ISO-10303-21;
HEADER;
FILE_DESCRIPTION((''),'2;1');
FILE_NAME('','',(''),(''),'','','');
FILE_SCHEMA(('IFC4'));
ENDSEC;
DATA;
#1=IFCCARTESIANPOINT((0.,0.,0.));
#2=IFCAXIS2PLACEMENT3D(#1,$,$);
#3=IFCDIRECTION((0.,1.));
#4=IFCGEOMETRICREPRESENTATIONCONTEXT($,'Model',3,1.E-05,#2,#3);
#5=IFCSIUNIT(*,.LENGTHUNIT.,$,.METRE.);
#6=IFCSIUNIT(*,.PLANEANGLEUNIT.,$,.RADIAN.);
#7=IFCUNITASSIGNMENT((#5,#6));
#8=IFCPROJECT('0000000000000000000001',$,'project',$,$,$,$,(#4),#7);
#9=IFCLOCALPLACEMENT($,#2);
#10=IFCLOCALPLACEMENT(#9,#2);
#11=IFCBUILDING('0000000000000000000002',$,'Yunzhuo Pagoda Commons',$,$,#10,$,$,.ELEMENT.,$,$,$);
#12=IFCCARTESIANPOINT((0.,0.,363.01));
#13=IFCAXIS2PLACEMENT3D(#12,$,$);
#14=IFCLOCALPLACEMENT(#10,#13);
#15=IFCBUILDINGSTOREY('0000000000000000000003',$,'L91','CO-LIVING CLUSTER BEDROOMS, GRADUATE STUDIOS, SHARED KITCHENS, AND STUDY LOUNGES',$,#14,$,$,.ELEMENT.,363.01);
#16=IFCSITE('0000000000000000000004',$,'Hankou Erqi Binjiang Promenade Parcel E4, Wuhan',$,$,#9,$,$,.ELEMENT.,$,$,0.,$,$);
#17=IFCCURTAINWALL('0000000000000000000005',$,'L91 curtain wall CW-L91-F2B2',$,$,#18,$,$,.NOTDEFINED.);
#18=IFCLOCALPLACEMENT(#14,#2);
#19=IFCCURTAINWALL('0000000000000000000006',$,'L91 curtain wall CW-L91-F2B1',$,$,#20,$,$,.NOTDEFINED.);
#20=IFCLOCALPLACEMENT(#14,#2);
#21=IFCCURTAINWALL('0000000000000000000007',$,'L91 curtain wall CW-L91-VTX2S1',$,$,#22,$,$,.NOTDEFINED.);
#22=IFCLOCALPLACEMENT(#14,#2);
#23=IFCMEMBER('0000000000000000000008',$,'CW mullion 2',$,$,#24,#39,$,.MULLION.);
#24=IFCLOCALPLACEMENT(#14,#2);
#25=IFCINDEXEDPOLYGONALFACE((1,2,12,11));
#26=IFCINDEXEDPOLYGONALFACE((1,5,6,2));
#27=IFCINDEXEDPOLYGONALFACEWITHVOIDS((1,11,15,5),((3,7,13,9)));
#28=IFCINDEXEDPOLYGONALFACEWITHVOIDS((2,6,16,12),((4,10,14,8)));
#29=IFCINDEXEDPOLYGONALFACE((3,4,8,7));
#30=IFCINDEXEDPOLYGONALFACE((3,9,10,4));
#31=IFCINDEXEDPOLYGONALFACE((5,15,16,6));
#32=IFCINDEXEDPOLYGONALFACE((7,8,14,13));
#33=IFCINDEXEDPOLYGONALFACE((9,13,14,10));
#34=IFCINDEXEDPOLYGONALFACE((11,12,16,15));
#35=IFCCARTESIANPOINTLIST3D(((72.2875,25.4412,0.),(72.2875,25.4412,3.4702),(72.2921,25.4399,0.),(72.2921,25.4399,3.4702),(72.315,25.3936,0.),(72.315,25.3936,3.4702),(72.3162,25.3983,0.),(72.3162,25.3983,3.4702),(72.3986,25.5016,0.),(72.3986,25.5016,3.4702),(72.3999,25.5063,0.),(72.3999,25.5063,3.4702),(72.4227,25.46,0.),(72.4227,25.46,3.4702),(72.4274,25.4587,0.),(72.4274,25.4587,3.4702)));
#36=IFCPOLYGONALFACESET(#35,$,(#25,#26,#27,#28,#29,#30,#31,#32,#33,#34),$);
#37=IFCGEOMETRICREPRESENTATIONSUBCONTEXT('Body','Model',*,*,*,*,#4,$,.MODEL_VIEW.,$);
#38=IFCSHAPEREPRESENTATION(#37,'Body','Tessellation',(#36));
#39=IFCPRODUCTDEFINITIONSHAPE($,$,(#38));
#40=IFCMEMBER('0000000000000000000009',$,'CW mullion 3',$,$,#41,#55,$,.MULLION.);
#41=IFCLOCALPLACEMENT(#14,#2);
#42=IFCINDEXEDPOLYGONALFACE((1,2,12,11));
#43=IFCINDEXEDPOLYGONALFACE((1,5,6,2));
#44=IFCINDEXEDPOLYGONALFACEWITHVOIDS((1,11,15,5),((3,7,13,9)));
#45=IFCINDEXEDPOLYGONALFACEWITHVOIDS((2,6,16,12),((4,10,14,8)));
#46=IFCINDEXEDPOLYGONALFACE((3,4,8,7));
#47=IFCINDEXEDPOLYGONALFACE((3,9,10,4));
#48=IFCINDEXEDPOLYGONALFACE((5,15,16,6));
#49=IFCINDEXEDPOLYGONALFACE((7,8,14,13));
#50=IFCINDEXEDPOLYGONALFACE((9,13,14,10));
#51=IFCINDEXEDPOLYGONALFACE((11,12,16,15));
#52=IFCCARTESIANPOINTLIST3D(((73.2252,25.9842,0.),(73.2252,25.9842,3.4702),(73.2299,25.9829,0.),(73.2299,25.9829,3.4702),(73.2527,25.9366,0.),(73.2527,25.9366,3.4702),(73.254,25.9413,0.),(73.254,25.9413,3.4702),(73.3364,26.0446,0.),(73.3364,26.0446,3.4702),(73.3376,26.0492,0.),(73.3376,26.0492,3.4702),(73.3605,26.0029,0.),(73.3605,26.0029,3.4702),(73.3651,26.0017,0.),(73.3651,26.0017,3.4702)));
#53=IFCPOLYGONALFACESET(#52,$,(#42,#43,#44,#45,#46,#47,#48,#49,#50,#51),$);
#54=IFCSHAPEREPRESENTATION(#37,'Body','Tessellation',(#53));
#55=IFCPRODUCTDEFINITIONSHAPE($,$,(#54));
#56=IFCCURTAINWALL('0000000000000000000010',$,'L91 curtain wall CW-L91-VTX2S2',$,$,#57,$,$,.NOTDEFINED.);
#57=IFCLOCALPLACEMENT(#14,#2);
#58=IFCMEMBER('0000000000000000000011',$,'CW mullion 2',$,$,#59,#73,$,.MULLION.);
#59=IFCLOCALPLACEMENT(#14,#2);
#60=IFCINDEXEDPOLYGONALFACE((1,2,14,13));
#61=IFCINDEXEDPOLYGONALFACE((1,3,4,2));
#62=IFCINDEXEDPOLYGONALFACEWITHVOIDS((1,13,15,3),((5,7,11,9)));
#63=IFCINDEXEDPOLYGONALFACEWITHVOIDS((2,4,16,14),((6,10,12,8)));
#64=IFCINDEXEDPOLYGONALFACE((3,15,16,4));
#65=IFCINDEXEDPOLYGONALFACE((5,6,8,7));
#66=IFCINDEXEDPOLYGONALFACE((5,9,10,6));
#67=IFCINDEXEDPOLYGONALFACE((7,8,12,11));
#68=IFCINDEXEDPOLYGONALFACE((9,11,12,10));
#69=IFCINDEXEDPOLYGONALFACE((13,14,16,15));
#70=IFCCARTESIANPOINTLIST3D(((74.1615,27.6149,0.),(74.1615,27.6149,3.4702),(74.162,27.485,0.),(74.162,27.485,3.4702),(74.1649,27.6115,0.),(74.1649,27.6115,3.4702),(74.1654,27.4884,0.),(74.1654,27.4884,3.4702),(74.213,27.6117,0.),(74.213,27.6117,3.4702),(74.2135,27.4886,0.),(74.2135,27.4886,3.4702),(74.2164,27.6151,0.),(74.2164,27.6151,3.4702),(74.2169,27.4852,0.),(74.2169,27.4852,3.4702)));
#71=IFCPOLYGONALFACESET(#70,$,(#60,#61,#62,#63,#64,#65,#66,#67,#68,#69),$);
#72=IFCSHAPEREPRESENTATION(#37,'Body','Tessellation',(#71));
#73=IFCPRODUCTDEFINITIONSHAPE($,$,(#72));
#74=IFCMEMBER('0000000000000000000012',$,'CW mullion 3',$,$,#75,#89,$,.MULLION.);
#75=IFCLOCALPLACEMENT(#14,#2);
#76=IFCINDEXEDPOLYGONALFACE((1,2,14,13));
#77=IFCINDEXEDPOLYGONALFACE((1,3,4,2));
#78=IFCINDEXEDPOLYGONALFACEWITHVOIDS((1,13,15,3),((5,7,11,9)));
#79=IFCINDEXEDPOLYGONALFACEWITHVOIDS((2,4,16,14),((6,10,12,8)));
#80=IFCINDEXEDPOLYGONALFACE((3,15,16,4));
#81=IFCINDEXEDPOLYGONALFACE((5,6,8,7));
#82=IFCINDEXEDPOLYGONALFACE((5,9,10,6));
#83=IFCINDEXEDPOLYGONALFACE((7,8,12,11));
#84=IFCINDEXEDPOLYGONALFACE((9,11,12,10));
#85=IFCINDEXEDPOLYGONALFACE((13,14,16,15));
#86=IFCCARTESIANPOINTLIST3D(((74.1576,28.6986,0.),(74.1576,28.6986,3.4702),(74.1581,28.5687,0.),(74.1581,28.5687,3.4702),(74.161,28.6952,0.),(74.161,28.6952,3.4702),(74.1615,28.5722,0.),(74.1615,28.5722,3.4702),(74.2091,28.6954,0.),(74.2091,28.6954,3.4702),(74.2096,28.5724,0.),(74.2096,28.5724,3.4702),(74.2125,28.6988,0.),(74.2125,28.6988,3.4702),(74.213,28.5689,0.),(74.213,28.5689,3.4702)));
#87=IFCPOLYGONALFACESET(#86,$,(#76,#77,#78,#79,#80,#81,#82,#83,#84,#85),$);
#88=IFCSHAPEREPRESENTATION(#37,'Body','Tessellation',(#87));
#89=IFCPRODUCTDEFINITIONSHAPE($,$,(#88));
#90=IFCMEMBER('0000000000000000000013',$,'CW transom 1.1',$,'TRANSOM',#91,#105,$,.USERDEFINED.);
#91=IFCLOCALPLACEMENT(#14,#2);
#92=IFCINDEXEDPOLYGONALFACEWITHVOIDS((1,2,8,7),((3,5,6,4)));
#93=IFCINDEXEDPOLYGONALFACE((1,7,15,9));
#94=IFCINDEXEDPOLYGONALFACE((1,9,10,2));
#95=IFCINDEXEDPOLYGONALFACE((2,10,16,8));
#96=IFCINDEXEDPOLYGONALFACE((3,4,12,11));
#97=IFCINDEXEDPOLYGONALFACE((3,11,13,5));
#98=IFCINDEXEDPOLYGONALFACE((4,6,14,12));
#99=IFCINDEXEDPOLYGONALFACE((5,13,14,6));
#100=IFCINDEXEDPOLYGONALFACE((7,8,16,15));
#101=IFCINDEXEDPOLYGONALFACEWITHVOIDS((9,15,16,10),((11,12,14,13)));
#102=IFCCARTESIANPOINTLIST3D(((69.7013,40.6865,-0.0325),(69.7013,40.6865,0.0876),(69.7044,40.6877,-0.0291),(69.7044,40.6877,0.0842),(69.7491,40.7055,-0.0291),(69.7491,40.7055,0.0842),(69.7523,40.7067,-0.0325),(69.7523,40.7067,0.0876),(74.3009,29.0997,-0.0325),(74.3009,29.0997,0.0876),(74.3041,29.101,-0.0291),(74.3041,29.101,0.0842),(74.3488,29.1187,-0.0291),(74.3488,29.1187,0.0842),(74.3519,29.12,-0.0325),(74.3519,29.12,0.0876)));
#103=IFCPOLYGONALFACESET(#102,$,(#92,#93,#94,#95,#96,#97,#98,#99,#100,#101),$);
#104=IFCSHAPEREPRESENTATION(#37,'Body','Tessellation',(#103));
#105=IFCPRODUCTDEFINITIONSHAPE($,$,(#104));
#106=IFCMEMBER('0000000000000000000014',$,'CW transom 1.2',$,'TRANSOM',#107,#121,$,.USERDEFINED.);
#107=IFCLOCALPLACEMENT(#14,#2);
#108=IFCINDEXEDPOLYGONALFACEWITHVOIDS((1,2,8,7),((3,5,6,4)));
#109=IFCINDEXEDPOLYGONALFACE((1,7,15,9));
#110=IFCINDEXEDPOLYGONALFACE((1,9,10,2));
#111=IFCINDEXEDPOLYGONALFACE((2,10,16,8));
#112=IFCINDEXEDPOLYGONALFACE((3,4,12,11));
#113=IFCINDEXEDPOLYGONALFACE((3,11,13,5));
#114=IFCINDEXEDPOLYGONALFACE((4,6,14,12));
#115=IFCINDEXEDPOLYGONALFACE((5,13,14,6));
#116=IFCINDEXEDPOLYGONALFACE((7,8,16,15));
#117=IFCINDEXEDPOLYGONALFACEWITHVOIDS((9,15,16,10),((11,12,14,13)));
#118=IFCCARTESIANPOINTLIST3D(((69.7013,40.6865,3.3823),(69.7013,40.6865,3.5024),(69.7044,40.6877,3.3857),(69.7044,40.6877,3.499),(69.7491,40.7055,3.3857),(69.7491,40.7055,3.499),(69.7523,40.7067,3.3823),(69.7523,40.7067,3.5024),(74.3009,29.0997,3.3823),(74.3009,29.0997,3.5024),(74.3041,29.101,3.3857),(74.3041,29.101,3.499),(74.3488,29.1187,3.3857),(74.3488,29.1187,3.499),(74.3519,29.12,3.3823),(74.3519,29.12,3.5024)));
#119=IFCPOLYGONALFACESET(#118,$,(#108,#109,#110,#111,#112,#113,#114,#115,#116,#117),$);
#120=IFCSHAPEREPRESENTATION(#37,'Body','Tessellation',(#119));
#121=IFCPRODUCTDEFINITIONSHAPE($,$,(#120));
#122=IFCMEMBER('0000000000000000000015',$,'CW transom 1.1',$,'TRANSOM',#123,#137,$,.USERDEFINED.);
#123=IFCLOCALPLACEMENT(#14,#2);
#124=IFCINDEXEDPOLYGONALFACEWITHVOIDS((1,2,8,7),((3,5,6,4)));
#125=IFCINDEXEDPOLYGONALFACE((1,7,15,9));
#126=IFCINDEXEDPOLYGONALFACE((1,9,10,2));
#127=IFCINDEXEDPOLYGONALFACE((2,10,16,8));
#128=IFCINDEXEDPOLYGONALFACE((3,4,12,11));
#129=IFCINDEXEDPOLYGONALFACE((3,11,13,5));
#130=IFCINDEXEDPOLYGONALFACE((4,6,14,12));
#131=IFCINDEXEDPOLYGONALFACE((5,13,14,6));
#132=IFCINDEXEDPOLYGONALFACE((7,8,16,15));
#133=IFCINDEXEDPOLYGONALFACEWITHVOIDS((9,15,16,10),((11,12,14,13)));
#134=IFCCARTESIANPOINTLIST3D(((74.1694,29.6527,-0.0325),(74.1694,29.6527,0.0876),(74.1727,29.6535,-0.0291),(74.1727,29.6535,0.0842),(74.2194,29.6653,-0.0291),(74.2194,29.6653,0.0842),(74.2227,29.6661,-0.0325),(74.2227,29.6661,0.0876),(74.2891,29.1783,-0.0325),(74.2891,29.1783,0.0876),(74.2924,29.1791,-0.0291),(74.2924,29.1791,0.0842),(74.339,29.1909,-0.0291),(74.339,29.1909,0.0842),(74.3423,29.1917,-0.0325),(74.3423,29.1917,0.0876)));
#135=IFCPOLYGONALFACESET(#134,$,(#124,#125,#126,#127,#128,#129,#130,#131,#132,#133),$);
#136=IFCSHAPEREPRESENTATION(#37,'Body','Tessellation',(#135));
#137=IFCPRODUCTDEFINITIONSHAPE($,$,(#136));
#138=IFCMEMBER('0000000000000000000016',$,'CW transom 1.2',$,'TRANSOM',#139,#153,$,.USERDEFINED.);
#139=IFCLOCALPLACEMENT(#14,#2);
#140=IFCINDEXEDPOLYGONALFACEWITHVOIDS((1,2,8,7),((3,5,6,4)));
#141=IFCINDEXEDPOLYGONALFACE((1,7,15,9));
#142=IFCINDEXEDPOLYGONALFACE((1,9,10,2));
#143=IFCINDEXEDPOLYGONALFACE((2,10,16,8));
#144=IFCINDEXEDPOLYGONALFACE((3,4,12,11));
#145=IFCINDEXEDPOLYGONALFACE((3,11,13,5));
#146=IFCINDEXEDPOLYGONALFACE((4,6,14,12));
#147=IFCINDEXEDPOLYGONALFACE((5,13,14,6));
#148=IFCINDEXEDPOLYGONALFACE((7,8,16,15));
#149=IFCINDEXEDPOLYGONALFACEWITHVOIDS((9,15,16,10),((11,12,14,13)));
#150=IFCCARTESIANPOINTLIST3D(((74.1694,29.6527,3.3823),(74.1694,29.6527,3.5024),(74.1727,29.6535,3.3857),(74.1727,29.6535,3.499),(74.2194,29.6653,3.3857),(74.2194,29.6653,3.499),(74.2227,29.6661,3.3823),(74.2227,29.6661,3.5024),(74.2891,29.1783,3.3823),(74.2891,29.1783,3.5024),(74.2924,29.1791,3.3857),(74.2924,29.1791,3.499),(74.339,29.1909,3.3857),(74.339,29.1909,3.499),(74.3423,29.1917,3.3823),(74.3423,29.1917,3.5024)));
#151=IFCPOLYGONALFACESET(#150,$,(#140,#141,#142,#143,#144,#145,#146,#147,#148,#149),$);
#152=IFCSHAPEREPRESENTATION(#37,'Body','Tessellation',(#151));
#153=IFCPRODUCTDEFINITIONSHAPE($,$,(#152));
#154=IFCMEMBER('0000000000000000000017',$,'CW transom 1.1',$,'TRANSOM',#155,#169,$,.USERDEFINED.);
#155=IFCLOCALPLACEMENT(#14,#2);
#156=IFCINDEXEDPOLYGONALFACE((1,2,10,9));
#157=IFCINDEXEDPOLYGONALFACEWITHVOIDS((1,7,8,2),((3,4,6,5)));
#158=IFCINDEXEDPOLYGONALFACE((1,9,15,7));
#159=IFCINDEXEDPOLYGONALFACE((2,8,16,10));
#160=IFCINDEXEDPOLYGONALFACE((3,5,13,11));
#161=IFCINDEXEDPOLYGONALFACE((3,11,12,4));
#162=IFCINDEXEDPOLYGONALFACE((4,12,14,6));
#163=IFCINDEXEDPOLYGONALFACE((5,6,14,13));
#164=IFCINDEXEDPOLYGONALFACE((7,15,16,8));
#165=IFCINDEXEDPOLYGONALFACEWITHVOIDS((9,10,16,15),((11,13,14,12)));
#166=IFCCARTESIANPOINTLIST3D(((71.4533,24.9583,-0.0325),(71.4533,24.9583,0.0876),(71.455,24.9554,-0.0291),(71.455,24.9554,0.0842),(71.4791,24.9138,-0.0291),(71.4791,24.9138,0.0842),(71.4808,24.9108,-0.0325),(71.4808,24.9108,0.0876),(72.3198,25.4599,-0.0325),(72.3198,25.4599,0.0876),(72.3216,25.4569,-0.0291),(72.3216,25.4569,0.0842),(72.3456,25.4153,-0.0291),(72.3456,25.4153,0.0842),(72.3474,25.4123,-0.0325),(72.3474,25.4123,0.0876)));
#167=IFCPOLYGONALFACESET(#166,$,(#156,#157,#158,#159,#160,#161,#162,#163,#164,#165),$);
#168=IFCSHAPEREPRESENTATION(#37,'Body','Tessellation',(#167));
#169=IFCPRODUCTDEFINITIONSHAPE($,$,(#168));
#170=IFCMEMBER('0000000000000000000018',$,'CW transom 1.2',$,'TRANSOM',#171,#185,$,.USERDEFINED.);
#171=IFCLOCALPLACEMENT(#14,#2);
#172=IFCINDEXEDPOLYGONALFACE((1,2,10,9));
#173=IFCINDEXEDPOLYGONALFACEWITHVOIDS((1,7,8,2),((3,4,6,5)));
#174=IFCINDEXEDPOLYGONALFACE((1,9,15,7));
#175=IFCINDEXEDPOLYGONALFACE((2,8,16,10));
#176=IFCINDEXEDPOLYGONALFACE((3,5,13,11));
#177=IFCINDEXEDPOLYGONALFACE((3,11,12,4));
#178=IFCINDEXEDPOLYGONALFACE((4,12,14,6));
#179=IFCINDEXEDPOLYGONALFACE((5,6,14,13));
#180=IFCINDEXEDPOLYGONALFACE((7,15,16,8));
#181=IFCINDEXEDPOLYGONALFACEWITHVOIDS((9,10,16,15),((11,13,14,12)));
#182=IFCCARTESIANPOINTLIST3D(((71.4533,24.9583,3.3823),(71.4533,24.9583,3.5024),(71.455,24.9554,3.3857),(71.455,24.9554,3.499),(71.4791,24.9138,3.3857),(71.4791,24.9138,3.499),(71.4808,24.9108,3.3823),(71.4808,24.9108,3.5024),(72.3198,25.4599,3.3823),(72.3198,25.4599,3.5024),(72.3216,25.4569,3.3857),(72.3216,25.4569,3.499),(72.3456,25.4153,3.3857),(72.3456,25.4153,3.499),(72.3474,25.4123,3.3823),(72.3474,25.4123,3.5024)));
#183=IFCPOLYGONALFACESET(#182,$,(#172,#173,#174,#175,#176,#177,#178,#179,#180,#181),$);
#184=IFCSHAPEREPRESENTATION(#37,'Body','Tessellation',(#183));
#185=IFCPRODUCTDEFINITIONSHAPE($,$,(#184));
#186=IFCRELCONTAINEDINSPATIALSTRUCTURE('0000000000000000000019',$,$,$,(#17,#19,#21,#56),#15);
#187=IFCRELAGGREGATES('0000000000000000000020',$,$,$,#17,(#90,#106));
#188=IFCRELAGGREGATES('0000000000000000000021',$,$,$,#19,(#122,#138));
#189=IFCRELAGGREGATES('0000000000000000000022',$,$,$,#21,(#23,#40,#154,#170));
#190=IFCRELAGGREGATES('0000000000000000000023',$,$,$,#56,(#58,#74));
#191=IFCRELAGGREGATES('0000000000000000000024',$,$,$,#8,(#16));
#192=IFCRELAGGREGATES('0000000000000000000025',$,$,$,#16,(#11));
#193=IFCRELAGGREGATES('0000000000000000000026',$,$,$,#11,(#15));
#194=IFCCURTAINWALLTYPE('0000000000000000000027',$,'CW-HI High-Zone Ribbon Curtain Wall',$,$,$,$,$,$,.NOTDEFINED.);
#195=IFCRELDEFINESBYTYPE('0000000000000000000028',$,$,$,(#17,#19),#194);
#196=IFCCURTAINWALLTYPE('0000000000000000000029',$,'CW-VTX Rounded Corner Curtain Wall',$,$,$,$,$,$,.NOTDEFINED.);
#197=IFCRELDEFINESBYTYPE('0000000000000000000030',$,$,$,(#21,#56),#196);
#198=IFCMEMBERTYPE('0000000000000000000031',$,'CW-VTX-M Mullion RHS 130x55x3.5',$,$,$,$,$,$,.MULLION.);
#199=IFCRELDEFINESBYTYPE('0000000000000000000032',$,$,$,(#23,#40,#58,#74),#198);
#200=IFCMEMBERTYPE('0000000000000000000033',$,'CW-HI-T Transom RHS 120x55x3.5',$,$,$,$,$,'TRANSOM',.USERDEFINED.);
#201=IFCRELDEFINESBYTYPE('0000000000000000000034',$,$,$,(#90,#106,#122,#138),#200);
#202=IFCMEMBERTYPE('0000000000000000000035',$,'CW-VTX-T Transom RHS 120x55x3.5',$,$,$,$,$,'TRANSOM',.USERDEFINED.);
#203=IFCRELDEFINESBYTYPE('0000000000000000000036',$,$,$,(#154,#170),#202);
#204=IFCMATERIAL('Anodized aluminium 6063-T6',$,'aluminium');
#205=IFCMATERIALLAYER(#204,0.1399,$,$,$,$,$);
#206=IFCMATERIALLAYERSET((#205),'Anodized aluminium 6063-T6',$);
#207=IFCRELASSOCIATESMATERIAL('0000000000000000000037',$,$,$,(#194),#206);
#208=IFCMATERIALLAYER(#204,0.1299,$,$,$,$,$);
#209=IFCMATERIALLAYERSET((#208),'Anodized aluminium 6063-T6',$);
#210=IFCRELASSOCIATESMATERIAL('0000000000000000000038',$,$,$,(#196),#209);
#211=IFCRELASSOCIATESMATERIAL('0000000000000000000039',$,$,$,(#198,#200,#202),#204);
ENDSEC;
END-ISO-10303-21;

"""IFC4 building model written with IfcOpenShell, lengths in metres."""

from ifc_helpers import new_model, si_unit, direction, frame, origin, origin_2d, place, context, subcontext, project, spatial, hollow_rectangle, extrude, source, transform, mapped, material, layer, layer_set, material_profile, profile_set, type_object, element, aggregate, save


model = new_model("IFC4")

# Units and contexts
model_context = context("Model", 3, precision=1e-05, world=origin(), true_north=direction((0.0, 1.0)))
body_context = subcontext(model_context, "Body", "Model", "MODEL_VIEW")
ifc_project = project(units=[si_unit("LENGTHUNIT", "METRE"), si_unit("PLANEANGLEUNIT", "RADIAN")], contexts=[model_context])

# Site, building, storey
site_placement = place(None, origin())
site = spatial("IfcSite", under=ifc_project, at=site_placement, Name="Hankou Erqi Binjiang Promenade Parcel E4, Wuhan", CompositionType="ELEMENT", RefElevation=0.0)
building_placement = place(site_placement, origin())
building = spatial("IfcBuilding", under=site, at=building_placement, Name="Yunzhuo Pagoda Commons", CompositionType="ELEMENT")
storey_placement = place(building_placement, frame((0.0, 0.0, 363.01)))
storey = spatial("IfcBuildingStorey", under=building, at=storey_placement, Name="L91", Description="CO-LIVING CLUSTER BEDROOMS, GRADUATE STUDIOS, SHARED KITCHENS, AND STUDY LOUNGES", CompositionType="ELEMENT", Elevation=363.01)

# Curtain wall
ifc_material_1 = material(Name="Anodized aluminium 6063-T6", Category="aluminium")
ifc_layer_1 = layer(ifc_material_1, 0.1399)
ifc_layer_set_1 = layer_set([ifc_layer_1], Name="Anodized aluminium 6063-T6")
curtain_wall_type_1 = type_object("IfcCurtainWallType", Name="CW-HI High-Zone Ribbon Curtain Wall", PredefinedType="NOTDEFINED", material=ifc_layer_set_1)
curtain_wall_1_placement = place(storey_placement, origin())
curtain_wall_1 = element("IfcCurtainWall", 1, at=curtain_wall_1_placement, inside=storey, type_object=curtain_wall_type_1, Name="L91 curtain wall CW-L91-F2B2", PredefinedType="NOTDEFINED")

# Curtain walls, members
curtain_wall_2_placement = place(storey_placement, origin())
curtain_wall_2 = element("IfcCurtainWall", 2, at=curtain_wall_2_placement, inside=storey, type_object=curtain_wall_type_1, Name="L91 curtain wall CW-L91-F2B1", PredefinedType="NOTDEFINED")
ifc_layer_2 = layer(ifc_material_1, 0.1299)
ifc_layer_set_2 = layer_set([ifc_layer_2], Name="Anodized aluminium 6063-T6")
curtain_wall_type_2 = type_object("IfcCurtainWallType", Name="CW-VTX Rounded Corner Curtain Wall", PredefinedType="NOTDEFINED", material=ifc_layer_set_2)
curtain_wall_3_placement = place(storey_placement, origin())
curtain_wall_3 = element("IfcCurtainWall", 3, at=curtain_wall_3_placement, inside=storey, type_object=curtain_wall_type_2, Name="L91 curtain wall CW-L91-VTX2S1", PredefinedType="NOTDEFINED")
ifc_material_profile_1 = material_profile(ifc_material_1, hollow_rectangle(XDim=0.0549, YDim=0.1299, WallThickness=0.0034, at=origin_2d()), Name="Anodized aluminium 6063-T6")
ifc_profile_set_1 = profile_set([ifc_material_profile_1], Name="Anodized aluminium 6063-T6")
member_type_1 = type_object("IfcMemberType", Name="CW-VTX-M Mullion RHS 130x55x3.5", PredefinedType="MULLION", material=ifc_profile_set_1)
shared_shape_1 = source(origin(), body_context, "Body", "SweptSolid", [
    extrude(hollow_rectangle(XDim=0.0549, YDim=0.1299, WallThickness=0.0034, at=origin_2d()), origin(), (0.0, 0.0, 1.0), 3.4702),
])
member_1_placement = place(storey_placement, frame((72.3574, 25.45, 0.0), z_axis=(0.0, 0.0, 1.0), x_axis=(-0.501017, 0.865438, 0.0)))
member_1 = element("IfcMember", 4, at=member_1_placement, type_object=member_type_1, Name="CW mullion 2", PredefinedType="MULLION", context=body_context, shape_type="MappedRepresentation", body=[
    mapped(shared_shape_1, transform((0.0, 0.0, 0.0), scale=1.0)),
])
member_2_placement = place(storey_placement, frame((73.2952, 25.9929, 0.0), z_axis=(0.0, 0.0, 1.0), x_axis=(-0.501017, 0.865438, 0.0)))
member_2 = element("IfcMember", 5, at=member_2_placement, type_object=member_type_1, Name="CW mullion 3", PredefinedType="MULLION", context=body_context, shape_type="MappedRepresentation", body=[
    mapped(shared_shape_1, transform((0.0, 0.0, 0.0), scale=1.0)),
])
curtain_wall_4_placement = place(storey_placement, origin())
curtain_wall_4 = element("IfcCurtainWall", 6, at=curtain_wall_4_placement, inside=storey, type_object=curtain_wall_type_2, Name="L91 curtain wall CW-L91-VTX2S2", PredefinedType="NOTDEFINED")
member_3_placement = place(storey_placement, frame((74.1892, 27.55, 0.0), z_axis=(0.0, 0.0, 1.0), x_axis=(-0.999994, -0.003599, 0.0)))
member_3 = element("IfcMember", 7, at=member_3_placement, type_object=member_type_1, Name="CW mullion 2", PredefinedType="MULLION", context=body_context, shape_type="MappedRepresentation", body=[
    mapped(shared_shape_1, transform((0.0, 0.0, 0.0), scale=1.0)),
])
member_4_placement = place(storey_placement, frame((74.1853, 28.6338, 0.0), z_axis=(0.0, 0.0, 1.0), x_axis=(-0.999994, -0.003599, 0.0)))
member_4 = element("IfcMember", 8, at=member_4_placement, type_object=member_type_1, Name="CW mullion 3", PredefinedType="MULLION", context=body_context, shape_type="MappedRepresentation", body=[
    mapped(shared_shape_1, transform((0.0, 0.0, 0.0), scale=1.0)),
])

# Members
ifc_material_profile_2 = material_profile(ifc_material_1, hollow_rectangle(XDim=0.0549, YDim=0.1201, WallThickness=0.0034, at=origin_2d()), Name="Anodized aluminium 6063-T6")
ifc_profile_set_2 = profile_set([ifc_material_profile_2], Name="Anodized aluminium 6063-T6")
member_type_2 = type_object("IfcMemberType", Name="CW-HI-T Transom RHS 120x55x3.5", ElementType="TRANSOM", PredefinedType="USERDEFINED", material=ifc_profile_set_2)
shared_shape_2 = source(origin(), body_context, "Body", "SweptSolid", [
    extrude(hollow_rectangle(XDim=0.0549, YDim=0.1201, WallThickness=0.0034, at=origin_2d()), origin(), (0.0, 0.0, 1.0), 12.4663),
])
member_5_placement = place(storey_placement, frame((74.3264, 29.1099, 0.0276), z_axis=(-0.368965, 0.929443, 0.0), x_axis=(-0.929443, -0.368965, 0.0)))
member_5 = element("IfcMember", 9, at=member_5_placement, type_object=member_type_2, Name="CW transom 1.1", ObjectType="TRANSOM", PredefinedType="USERDEFINED", context=body_context, shape_type="MappedRepresentation", body=[
    mapped(shared_shape_2, transform((0.0, 0.0, 0.0), scale=1.0)),
])
member_6_placement = place(storey_placement, frame((74.3264, 29.1099, 3.4424), z_axis=(-0.368965, 0.929443, 0.0), x_axis=(-0.929443, -0.368965, 0.0)))
member_6 = element("IfcMember", 10, at=member_6_placement, type_object=member_type_2, Name="CW transom 1.2", ObjectType="TRANSOM", PredefinedType="USERDEFINED", context=body_context, shape_type="MappedRepresentation", body=[
    mapped(shared_shape_2, transform((0.0, 0.0, 0.0), scale=1.0)),
])
aggregate(curtain_wall_1, [member_5, member_6])
shared_shape_3 = source(origin(), body_context, "Body", "SweptSolid", [
    extrude(hollow_rectangle(XDim=0.0549, YDim=0.1201, WallThickness=0.0034, at=origin_2d()), origin(), (0.0, 0.0, 1.0), 0.4893),
])
member_7_placement = place(storey_placement, frame((74.196, 29.6594, 0.0276), z_axis=(0.244531, -0.969641, 0.0), x_axis=(0.969641, 0.244531, 0.0)))
member_7 = element("IfcMember", 11, at=member_7_placement, type_object=member_type_2, Name="CW transom 1.1", ObjectType="TRANSOM", PredefinedType="USERDEFINED", context=body_context, shape_type="MappedRepresentation", body=[
    mapped(shared_shape_3, transform((0.0, 0.0, 0.0), scale=1.0)),
])
member_8_placement = place(storey_placement, frame((74.196, 29.6594, 3.4424), z_axis=(0.244531, -0.969641, 0.0), x_axis=(0.969641, 0.244531, 0.0)))
member_8 = element("IfcMember", 12, at=member_8_placement, type_object=member_type_2, Name="CW transom 1.2", ObjectType="TRANSOM", PredefinedType="USERDEFINED", context=body_context, shape_type="MappedRepresentation", body=[
    mapped(shared_shape_3, transform((0.0, 0.0, 0.0), scale=1.0)),
])
ifc_material_profile_3 = material_profile(ifc_material_1, hollow_rectangle(XDim=0.0549, YDim=0.1201, WallThickness=0.0034, at=origin_2d()), Name="Anodized aluminium 6063-T6")
ifc_profile_set_3 = profile_set([ifc_material_profile_3], Name="Anodized aluminium 6063-T6")
member_type_3 = type_object("IfcMemberType", Name="CW-VTX-T Transom RHS 120x55x3.5", ElementType="TRANSOM", PredefinedType="USERDEFINED", material=ifc_profile_set_3)
shared_shape_4 = source(origin(), body_context, "Body", "SweptSolid", [
    extrude(hollow_rectangle(XDim=0.0549, YDim=0.1201, WallThickness=0.0034, at=origin_2d()), origin(), (0.0, 0.0, 1.0), 1.0012),
])
member_9_placement = place(storey_placement, frame((71.467, 24.9346, 0.0276), z_axis=(0.865499, 0.500911, 0.0), x_axis=(-0.500911, 0.865499, 0.0)))
member_9 = element("IfcMember", 13, at=member_9_placement, type_object=member_type_3, Name="CW transom 1.1", ObjectType="TRANSOM", PredefinedType="USERDEFINED", context=body_context, shape_type="MappedRepresentation", body=[
    mapped(shared_shape_4, transform((0.0, 0.0, 0.0), scale=1.0)),
])
member_10_placement = place(storey_placement, frame((71.467, 24.9346, 3.4424), z_axis=(0.865499, 0.500911, 0.0), x_axis=(-0.500911, 0.865499, 0.0)))
member_10 = element("IfcMember", 14, at=member_10_placement, type_object=member_type_3, Name="CW transom 1.2", ObjectType="TRANSOM", PredefinedType="USERDEFINED", context=body_context, shape_type="MappedRepresentation", body=[
    mapped(shared_shape_4, transform((0.0, 0.0, 0.0), scale=1.0)),
])

aggregate(curtain_wall_2, [member_7, member_8])
aggregate(curtain_wall_3, [member_1, member_2, member_9, member_10])
aggregate(curtain_wall_4, [member_3, member_4])

save(model, "model.ifc")
